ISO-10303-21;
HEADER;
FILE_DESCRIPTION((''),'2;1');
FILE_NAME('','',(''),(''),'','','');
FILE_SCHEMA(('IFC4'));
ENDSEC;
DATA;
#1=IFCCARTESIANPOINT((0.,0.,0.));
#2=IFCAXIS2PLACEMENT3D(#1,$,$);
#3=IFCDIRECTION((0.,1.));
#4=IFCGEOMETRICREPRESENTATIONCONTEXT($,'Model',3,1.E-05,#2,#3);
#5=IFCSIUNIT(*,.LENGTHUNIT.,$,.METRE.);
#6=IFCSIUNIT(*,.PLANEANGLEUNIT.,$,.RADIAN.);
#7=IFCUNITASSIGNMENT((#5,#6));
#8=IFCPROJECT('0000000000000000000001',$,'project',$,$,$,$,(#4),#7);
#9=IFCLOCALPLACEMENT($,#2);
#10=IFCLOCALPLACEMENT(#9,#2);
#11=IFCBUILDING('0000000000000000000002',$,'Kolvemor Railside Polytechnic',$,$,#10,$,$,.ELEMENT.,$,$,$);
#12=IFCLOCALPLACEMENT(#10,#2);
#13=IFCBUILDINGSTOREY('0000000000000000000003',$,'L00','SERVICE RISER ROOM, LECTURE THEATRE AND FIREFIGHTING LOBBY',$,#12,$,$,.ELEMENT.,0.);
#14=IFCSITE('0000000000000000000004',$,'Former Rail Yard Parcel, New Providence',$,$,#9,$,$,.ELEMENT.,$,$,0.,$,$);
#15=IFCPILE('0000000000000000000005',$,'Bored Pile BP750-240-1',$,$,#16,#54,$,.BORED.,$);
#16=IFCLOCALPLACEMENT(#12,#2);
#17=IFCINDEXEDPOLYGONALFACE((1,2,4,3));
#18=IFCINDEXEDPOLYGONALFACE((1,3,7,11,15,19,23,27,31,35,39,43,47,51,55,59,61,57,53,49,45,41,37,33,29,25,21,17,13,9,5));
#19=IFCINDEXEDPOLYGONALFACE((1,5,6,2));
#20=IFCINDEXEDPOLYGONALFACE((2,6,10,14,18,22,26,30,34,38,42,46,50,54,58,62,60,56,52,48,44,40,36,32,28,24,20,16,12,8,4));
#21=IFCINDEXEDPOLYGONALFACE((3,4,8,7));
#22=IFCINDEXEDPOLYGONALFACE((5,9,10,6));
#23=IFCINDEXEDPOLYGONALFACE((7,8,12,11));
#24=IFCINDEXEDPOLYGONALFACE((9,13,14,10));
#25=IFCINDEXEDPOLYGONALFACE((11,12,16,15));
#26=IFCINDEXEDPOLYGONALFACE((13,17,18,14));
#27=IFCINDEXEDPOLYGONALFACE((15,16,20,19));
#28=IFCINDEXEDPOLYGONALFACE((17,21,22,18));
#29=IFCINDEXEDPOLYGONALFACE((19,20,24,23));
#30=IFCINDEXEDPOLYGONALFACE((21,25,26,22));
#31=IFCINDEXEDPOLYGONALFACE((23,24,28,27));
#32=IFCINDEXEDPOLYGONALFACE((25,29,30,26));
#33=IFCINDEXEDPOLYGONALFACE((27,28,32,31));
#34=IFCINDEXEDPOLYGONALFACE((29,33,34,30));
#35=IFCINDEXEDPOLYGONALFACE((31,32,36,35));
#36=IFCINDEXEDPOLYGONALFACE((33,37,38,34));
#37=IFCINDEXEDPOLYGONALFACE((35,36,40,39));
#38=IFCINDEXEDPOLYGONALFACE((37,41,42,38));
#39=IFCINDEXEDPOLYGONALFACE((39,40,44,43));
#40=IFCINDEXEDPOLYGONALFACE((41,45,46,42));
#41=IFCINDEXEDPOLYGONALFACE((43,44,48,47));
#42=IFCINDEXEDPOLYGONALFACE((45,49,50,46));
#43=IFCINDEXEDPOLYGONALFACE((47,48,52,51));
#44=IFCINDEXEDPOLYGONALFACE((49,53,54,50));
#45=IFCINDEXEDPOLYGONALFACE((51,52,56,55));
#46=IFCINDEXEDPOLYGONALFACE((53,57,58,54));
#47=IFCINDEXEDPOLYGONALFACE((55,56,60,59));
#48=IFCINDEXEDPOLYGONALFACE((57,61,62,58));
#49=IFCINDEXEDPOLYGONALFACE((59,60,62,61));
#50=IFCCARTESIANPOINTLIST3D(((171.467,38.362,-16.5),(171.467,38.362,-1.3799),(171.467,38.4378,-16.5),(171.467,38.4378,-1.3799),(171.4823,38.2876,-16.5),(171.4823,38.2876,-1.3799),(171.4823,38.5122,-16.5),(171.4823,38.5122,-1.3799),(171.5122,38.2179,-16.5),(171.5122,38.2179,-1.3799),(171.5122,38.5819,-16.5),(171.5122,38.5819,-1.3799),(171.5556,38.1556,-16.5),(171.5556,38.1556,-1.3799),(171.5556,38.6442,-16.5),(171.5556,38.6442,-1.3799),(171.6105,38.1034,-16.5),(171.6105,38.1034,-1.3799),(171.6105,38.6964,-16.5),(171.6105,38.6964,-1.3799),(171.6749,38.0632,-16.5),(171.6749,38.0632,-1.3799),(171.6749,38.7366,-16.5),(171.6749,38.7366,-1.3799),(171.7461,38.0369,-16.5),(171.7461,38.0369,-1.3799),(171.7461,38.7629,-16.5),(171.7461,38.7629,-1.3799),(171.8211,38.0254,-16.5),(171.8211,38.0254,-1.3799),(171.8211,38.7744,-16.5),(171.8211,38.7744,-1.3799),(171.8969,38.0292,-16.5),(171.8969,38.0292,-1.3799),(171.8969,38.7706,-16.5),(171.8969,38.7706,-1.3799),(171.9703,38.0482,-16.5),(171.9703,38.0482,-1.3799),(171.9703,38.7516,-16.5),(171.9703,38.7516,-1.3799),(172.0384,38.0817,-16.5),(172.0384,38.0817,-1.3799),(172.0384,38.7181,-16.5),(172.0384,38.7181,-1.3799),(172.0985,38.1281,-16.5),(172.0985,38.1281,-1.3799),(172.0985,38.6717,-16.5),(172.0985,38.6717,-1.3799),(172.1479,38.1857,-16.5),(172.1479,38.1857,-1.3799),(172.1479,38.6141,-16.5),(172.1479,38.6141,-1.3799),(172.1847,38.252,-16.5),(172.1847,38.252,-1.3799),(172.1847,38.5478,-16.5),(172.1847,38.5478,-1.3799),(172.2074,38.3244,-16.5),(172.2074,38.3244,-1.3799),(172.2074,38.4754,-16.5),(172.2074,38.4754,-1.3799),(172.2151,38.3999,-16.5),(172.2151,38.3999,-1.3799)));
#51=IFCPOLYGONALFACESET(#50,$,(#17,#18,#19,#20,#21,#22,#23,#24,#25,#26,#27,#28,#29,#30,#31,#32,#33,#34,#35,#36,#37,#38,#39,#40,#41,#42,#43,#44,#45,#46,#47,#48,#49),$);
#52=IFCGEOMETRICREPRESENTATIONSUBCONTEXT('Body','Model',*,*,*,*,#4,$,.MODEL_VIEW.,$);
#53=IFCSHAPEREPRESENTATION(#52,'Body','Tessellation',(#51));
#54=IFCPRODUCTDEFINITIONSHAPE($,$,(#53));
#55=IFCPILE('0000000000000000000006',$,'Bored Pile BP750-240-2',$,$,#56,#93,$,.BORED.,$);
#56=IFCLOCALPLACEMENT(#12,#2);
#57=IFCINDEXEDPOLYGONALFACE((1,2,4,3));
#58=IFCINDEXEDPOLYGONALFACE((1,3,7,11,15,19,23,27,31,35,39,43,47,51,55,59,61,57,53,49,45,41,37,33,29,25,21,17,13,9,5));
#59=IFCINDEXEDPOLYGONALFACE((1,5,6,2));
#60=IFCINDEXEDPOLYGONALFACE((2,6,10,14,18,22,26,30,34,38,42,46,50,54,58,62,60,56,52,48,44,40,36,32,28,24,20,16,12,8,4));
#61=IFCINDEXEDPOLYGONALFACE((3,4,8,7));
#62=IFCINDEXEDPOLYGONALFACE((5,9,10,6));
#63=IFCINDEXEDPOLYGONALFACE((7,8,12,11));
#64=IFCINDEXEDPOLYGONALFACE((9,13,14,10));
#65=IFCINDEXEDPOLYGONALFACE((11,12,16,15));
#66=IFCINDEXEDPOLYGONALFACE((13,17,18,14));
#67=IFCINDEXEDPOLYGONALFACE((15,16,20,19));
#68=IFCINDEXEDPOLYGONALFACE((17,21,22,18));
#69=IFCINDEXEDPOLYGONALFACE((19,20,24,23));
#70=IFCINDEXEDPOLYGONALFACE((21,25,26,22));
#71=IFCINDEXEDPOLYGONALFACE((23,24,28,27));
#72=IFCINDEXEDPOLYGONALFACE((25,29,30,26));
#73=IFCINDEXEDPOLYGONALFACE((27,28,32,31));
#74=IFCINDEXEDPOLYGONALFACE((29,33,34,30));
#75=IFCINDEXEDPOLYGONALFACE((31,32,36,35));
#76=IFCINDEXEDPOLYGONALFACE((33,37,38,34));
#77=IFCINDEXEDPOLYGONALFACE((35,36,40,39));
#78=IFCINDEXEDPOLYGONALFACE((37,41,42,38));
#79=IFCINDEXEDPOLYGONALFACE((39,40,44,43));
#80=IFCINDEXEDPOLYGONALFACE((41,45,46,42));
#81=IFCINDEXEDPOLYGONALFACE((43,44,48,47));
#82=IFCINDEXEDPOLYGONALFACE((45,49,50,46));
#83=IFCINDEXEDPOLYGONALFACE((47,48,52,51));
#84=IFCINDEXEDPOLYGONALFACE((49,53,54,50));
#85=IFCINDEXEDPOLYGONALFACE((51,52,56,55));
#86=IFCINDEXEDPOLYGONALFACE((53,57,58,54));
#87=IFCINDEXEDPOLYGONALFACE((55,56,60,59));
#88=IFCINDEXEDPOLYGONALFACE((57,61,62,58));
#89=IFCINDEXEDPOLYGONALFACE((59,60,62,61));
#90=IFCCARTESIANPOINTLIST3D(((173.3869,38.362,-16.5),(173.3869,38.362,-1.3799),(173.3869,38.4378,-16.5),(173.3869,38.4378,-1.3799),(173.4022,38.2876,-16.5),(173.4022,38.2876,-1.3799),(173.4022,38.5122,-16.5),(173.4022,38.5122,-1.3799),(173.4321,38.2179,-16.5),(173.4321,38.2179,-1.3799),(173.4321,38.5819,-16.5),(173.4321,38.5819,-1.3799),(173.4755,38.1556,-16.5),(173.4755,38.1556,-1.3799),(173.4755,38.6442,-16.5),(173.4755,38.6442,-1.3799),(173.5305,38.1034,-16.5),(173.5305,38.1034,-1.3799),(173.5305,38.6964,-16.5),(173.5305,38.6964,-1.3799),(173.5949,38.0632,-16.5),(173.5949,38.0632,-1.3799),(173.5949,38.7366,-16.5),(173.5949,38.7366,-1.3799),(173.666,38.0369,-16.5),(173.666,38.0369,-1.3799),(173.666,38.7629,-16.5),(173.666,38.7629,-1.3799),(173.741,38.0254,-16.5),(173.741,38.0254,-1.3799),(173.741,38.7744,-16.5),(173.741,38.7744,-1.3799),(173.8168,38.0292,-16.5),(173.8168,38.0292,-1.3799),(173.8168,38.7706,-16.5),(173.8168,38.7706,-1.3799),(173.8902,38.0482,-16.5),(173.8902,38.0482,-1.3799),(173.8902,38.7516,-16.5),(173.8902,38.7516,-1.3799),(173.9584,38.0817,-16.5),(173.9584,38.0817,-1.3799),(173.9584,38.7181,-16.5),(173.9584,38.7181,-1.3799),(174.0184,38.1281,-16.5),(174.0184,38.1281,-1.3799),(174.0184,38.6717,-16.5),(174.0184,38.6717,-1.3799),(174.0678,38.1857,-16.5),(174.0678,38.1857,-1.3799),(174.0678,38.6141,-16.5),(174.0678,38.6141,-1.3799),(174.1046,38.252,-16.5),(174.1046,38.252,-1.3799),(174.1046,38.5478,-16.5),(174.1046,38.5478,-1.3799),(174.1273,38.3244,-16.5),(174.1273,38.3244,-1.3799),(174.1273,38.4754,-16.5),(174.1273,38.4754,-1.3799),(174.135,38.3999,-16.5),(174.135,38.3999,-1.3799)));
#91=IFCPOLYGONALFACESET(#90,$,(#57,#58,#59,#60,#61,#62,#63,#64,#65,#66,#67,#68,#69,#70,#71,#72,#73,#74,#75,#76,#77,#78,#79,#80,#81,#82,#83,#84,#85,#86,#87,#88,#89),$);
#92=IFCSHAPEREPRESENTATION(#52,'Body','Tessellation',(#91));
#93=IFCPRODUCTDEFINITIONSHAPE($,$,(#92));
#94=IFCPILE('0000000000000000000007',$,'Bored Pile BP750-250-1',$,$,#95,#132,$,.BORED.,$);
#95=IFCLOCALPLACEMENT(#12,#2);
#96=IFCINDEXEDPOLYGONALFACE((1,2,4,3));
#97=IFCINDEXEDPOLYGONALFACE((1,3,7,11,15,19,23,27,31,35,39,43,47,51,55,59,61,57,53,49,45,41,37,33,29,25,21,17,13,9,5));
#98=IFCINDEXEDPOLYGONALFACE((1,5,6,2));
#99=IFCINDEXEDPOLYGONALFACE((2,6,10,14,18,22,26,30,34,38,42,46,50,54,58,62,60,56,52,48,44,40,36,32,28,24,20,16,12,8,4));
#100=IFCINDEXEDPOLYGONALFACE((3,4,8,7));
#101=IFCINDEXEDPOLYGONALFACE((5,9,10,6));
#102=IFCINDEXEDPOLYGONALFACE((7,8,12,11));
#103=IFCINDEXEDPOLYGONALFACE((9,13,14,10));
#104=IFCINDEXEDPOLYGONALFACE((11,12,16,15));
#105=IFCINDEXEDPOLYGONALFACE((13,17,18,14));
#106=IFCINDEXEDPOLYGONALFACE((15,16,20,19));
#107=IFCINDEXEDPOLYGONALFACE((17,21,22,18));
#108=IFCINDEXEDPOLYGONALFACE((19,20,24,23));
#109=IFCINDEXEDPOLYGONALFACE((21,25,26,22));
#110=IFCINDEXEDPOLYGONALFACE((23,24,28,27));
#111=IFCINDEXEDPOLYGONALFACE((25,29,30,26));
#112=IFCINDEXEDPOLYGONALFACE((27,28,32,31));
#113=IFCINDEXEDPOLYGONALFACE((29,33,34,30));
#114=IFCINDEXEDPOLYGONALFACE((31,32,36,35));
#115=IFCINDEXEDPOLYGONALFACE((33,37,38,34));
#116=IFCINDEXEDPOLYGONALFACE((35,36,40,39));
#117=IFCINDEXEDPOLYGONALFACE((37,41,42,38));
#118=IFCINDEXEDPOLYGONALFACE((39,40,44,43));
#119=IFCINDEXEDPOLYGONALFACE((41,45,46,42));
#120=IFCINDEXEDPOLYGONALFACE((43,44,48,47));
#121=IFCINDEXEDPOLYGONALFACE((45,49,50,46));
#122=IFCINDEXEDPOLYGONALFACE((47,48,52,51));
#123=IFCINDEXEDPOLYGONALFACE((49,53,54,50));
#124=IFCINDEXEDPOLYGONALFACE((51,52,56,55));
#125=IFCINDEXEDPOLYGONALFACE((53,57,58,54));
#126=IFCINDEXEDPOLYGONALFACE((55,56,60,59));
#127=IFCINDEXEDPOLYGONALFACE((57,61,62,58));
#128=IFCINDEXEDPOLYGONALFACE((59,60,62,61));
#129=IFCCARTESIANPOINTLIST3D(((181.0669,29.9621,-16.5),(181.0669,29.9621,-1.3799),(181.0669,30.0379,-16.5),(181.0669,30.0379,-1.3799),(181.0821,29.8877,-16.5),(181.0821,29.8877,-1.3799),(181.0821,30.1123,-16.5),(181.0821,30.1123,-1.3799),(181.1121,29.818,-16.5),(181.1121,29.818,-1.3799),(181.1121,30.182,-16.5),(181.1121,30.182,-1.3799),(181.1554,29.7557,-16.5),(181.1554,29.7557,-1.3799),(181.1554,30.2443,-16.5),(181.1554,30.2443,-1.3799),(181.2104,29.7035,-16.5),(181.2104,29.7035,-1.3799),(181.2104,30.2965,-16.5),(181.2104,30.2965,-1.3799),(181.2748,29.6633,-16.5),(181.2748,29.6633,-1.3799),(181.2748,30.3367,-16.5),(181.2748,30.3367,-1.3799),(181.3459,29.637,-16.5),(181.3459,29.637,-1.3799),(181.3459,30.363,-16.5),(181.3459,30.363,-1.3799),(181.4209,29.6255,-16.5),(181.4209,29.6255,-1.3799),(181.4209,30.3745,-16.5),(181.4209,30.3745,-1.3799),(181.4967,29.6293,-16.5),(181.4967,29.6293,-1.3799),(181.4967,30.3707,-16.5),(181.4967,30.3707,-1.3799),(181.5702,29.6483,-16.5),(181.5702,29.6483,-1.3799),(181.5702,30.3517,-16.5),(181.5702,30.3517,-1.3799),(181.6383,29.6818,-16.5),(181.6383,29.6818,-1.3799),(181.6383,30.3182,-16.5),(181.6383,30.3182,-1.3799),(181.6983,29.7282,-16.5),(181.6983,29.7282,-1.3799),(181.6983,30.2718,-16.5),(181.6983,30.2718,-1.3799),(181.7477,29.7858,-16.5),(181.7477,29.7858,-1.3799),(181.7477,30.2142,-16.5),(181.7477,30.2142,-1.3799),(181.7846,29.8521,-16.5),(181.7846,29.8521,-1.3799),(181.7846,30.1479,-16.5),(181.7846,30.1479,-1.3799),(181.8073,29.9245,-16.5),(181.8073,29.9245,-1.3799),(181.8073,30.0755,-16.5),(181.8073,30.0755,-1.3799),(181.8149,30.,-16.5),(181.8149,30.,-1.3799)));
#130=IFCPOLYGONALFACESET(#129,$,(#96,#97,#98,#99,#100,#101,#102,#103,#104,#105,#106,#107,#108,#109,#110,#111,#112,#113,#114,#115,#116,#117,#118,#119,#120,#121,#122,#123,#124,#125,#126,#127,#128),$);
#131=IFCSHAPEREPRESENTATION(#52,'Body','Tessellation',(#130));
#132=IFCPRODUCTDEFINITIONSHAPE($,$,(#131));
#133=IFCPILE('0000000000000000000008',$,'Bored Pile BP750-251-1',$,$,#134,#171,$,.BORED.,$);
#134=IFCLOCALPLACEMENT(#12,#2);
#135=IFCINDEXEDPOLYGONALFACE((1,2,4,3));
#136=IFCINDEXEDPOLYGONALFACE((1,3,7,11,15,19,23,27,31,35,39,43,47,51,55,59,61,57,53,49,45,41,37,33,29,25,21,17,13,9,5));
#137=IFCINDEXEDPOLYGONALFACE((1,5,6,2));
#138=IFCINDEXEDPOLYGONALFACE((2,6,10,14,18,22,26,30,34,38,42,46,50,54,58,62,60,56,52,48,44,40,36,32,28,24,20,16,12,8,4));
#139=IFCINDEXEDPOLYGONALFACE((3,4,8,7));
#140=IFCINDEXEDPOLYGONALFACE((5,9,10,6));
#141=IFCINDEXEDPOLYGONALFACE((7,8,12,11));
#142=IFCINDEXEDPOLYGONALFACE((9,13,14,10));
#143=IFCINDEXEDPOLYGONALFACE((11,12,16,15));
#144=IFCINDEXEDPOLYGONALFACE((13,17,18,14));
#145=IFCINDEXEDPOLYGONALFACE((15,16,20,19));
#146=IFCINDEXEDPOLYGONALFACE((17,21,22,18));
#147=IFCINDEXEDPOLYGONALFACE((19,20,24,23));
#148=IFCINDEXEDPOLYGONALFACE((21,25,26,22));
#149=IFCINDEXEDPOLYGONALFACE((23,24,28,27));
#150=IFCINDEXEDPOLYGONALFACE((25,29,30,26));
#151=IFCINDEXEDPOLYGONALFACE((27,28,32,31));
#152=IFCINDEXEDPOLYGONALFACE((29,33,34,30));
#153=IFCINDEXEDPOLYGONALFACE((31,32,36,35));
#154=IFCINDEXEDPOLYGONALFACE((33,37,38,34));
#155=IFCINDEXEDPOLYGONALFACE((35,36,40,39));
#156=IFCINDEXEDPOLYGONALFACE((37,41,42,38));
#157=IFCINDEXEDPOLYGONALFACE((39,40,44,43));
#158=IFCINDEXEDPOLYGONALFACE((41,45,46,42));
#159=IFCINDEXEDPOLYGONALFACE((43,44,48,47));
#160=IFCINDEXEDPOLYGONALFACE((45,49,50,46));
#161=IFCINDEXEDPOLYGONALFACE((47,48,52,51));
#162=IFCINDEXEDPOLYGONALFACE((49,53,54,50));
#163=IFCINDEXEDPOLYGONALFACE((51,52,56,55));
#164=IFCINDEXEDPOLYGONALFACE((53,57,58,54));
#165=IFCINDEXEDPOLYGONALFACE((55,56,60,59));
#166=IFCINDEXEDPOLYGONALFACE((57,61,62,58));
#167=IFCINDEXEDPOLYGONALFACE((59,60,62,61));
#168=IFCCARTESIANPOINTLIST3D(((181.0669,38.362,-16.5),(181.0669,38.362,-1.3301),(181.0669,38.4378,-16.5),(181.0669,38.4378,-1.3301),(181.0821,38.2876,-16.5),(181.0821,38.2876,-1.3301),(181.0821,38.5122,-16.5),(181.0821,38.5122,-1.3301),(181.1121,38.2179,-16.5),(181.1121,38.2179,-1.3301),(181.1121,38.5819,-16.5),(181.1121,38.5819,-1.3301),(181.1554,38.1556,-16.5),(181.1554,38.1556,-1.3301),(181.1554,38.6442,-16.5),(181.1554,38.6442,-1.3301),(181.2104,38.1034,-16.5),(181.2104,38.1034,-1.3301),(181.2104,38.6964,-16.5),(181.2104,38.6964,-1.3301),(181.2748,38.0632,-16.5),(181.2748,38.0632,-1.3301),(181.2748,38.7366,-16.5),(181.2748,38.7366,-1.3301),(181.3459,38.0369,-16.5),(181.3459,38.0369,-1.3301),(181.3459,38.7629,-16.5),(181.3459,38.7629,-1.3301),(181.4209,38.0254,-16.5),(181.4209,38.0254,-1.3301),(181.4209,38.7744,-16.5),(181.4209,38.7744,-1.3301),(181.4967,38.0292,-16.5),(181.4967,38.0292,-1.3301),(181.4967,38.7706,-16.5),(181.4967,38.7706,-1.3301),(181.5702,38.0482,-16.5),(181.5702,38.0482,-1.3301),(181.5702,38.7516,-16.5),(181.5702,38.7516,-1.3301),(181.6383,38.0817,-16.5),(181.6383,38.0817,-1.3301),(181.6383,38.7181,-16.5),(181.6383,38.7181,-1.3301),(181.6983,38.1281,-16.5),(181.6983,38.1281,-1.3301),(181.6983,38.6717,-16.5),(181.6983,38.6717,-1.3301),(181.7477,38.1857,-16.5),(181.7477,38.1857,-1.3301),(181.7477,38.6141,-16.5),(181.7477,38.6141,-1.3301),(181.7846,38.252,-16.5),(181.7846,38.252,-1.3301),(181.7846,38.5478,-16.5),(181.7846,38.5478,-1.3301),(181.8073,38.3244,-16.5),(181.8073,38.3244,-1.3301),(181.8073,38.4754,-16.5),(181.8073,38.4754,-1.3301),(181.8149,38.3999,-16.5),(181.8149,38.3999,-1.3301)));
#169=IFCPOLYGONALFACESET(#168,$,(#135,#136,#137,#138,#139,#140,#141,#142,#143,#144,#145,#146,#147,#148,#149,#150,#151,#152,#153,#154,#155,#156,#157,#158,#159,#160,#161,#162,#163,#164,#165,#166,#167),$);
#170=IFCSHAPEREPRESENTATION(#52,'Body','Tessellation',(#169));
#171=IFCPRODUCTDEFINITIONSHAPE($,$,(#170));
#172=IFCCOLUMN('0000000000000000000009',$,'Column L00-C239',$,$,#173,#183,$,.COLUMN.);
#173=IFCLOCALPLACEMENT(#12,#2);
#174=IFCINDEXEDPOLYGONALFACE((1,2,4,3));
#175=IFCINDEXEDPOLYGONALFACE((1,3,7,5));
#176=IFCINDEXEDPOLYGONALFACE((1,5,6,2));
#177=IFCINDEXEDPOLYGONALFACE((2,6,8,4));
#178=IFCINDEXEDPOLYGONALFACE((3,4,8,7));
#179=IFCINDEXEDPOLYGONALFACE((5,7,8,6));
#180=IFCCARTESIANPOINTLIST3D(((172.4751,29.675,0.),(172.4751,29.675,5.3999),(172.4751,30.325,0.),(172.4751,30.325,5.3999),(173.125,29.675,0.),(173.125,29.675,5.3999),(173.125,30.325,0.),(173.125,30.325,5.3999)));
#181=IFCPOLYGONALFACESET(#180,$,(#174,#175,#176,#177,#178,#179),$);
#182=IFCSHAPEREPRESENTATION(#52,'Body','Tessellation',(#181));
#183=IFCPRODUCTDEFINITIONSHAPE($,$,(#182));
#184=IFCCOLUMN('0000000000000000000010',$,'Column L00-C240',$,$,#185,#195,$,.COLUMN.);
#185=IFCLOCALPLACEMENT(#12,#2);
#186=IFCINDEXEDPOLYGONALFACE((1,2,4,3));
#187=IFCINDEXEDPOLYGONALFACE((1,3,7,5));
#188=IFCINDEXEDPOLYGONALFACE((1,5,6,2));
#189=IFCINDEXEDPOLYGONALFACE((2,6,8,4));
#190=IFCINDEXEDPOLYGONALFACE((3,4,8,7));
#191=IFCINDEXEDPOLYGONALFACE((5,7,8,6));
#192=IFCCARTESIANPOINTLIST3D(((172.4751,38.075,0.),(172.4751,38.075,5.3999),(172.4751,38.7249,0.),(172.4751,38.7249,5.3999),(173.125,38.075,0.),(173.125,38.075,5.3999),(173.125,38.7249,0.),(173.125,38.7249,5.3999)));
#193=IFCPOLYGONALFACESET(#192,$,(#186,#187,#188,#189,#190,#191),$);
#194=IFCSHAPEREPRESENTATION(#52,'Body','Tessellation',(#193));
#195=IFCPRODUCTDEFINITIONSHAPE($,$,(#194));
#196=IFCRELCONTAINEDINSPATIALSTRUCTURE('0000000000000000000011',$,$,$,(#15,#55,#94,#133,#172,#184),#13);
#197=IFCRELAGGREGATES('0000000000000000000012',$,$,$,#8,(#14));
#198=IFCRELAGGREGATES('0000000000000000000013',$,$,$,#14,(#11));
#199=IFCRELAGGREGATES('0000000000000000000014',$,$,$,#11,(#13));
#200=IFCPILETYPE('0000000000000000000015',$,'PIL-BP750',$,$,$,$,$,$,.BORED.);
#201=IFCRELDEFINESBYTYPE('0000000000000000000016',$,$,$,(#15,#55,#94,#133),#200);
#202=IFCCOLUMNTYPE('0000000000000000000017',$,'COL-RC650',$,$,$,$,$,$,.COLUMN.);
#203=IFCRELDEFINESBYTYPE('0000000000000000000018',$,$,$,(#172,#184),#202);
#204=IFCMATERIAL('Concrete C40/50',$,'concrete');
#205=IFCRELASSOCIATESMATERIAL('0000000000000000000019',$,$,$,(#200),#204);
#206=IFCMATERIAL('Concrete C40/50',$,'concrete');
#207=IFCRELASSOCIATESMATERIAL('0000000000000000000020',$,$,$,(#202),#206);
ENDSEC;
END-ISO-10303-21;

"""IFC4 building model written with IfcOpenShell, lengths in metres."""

from ifc_helpers import new_model, si_unit, direction, frame, origin, origin_2d, place, context, subcontext, project, spatial, rectangle, circle, extrude, material, material_profile, profile_set, type_object, element, save


model = new_model("IFC4")

# Units and contexts
model_context = context("Model", 3, precision=1e-05, world=origin(), true_north=direction((0.0, 1.0)))
body_context = subcontext(model_context, "Body", "Model", "MODEL_VIEW")
ifc_project = project(units=[si_unit("LENGTHUNIT", "METRE"), si_unit("PLANEANGLEUNIT", "RADIAN")], contexts=[model_context])

# Site, building, storey
site_placement = place(None, origin())
site = spatial("IfcSite", under=ifc_project, at=site_placement, Name="Former Rail Yard Parcel, New Providence", CompositionType="ELEMENT", RefElevation=0.0)
building_placement = place(site_placement, origin())
building = spatial("IfcBuilding", under=site, at=building_placement, Name="Kolvemor Railside Polytechnic", CompositionType="ELEMENT")
storey_placement = place(building_placement, origin())
storey = spatial("IfcBuildingStorey", under=building, at=storey_placement, Name="L00", Description="SERVICE RISER ROOM, LECTURE THEATRE AND FIREFIGHTING LOBBY", CompositionType="ELEMENT", Elevation=0.0)

# Piles
ifc_material_1 = material(Name="Concrete C40/50", Category="concrete")
ifc_material_profile_1 = material_profile(ifc_material_1, circle(Radius=0.375, at=origin_2d()), Name="BP750")
ifc_profile_set_1 = profile_set([ifc_material_profile_1], Name="Concrete C40/50")
pile_type = type_object("IfcPileType", Name="PIL-BP750", PredefinedType="BORED", material=ifc_profile_set_1)
for number, where, z_axis, x_axis, name in (
    (1, (171.8401, 38.3999, -1.3799), (0.0, 0.0, -1.0), (1.0, 0.0, 0.0), "Bored Pile BP750-240-1"),
    (2, (173.76, 38.3999, -1.3799), (0.0, 0.0, -1.0), (1.0, 0.0, 0.0), "Bored Pile BP750-240-2"),
    (3, (181.4399, 30.0, -1.3799), (0.0, 0.0, -1.0), (1.0, 0.0, 0.0), "Bored Pile BP750-250-1"),
):
    element("IfcPile", number, at=place(storey_placement, frame(where, z_axis=z_axis, x_axis=x_axis)), inside=storey, type_object=pile_type, Name=name, PredefinedType="BORED", context=body_context, shape_type="SweptSolid", body=[
        extrude(circle(Radius=0.375, at=origin_2d()), origin(), (0.0, 0.0, 1.0), 15.1201),
    ])
pile_1_placement = place(storey_placement, frame((181.4399, 38.3999, -1.3301), z_axis=(0.0, 0.0, -1.0), x_axis=(1.0, 0.0, 0.0)))
element("IfcPile", 4, at=pile_1_placement, inside=storey, type_object=pile_type, Name="Bored Pile BP750-251-1", PredefinedType="BORED", context=body_context, shape_type="SweptSolid", body=[
    extrude(circle(Radius=0.375, at=origin_2d()), origin(), (0.0, 0.0, 1.0), 15.1699),
])

# Columns
ifc_material_2 = material(Name="Concrete C40/50", Category="concrete")
ifc_material_profile_2 = material_profile(ifc_material_2, rectangle(XDim=0.6499, YDim=0.6499, at=origin_2d()), Name="RC650x650")
ifc_profile_set_2 = profile_set([ifc_material_profile_2], Name="Concrete C40/50")
column_type_1 = type_object("IfcColumnType", Name="COL-RC650", PredefinedType="COLUMN", material=ifc_profile_set_2)
for number, where, z_axis, x_axis, name in (
    (5, (172.8, 30.0, 0.0), (0.0, 0.0, 1.0), (1.0, 0.0, 0.0), "Column L00-C239"),
    (6, (172.8, 38.3999, 0.0), (0.0, 0.0, 1.0), (1.0, 0.0, 0.0), "Column L00-C240"),
):
    element("IfcColumn", number, at=place(storey_placement, frame(where, z_axis=z_axis, x_axis=x_axis)), inside=storey, type_object=column_type_1, Name=name, PredefinedType="COLUMN", context=body_context, shape_type="SweptSolid", body=[
        extrude(rectangle(XDim=0.6499, YDim=0.6499, at=origin_2d()), origin(), (0.0, 0.0, 1.0), 5.3999),
    ])

save(model, "model.ifc")
